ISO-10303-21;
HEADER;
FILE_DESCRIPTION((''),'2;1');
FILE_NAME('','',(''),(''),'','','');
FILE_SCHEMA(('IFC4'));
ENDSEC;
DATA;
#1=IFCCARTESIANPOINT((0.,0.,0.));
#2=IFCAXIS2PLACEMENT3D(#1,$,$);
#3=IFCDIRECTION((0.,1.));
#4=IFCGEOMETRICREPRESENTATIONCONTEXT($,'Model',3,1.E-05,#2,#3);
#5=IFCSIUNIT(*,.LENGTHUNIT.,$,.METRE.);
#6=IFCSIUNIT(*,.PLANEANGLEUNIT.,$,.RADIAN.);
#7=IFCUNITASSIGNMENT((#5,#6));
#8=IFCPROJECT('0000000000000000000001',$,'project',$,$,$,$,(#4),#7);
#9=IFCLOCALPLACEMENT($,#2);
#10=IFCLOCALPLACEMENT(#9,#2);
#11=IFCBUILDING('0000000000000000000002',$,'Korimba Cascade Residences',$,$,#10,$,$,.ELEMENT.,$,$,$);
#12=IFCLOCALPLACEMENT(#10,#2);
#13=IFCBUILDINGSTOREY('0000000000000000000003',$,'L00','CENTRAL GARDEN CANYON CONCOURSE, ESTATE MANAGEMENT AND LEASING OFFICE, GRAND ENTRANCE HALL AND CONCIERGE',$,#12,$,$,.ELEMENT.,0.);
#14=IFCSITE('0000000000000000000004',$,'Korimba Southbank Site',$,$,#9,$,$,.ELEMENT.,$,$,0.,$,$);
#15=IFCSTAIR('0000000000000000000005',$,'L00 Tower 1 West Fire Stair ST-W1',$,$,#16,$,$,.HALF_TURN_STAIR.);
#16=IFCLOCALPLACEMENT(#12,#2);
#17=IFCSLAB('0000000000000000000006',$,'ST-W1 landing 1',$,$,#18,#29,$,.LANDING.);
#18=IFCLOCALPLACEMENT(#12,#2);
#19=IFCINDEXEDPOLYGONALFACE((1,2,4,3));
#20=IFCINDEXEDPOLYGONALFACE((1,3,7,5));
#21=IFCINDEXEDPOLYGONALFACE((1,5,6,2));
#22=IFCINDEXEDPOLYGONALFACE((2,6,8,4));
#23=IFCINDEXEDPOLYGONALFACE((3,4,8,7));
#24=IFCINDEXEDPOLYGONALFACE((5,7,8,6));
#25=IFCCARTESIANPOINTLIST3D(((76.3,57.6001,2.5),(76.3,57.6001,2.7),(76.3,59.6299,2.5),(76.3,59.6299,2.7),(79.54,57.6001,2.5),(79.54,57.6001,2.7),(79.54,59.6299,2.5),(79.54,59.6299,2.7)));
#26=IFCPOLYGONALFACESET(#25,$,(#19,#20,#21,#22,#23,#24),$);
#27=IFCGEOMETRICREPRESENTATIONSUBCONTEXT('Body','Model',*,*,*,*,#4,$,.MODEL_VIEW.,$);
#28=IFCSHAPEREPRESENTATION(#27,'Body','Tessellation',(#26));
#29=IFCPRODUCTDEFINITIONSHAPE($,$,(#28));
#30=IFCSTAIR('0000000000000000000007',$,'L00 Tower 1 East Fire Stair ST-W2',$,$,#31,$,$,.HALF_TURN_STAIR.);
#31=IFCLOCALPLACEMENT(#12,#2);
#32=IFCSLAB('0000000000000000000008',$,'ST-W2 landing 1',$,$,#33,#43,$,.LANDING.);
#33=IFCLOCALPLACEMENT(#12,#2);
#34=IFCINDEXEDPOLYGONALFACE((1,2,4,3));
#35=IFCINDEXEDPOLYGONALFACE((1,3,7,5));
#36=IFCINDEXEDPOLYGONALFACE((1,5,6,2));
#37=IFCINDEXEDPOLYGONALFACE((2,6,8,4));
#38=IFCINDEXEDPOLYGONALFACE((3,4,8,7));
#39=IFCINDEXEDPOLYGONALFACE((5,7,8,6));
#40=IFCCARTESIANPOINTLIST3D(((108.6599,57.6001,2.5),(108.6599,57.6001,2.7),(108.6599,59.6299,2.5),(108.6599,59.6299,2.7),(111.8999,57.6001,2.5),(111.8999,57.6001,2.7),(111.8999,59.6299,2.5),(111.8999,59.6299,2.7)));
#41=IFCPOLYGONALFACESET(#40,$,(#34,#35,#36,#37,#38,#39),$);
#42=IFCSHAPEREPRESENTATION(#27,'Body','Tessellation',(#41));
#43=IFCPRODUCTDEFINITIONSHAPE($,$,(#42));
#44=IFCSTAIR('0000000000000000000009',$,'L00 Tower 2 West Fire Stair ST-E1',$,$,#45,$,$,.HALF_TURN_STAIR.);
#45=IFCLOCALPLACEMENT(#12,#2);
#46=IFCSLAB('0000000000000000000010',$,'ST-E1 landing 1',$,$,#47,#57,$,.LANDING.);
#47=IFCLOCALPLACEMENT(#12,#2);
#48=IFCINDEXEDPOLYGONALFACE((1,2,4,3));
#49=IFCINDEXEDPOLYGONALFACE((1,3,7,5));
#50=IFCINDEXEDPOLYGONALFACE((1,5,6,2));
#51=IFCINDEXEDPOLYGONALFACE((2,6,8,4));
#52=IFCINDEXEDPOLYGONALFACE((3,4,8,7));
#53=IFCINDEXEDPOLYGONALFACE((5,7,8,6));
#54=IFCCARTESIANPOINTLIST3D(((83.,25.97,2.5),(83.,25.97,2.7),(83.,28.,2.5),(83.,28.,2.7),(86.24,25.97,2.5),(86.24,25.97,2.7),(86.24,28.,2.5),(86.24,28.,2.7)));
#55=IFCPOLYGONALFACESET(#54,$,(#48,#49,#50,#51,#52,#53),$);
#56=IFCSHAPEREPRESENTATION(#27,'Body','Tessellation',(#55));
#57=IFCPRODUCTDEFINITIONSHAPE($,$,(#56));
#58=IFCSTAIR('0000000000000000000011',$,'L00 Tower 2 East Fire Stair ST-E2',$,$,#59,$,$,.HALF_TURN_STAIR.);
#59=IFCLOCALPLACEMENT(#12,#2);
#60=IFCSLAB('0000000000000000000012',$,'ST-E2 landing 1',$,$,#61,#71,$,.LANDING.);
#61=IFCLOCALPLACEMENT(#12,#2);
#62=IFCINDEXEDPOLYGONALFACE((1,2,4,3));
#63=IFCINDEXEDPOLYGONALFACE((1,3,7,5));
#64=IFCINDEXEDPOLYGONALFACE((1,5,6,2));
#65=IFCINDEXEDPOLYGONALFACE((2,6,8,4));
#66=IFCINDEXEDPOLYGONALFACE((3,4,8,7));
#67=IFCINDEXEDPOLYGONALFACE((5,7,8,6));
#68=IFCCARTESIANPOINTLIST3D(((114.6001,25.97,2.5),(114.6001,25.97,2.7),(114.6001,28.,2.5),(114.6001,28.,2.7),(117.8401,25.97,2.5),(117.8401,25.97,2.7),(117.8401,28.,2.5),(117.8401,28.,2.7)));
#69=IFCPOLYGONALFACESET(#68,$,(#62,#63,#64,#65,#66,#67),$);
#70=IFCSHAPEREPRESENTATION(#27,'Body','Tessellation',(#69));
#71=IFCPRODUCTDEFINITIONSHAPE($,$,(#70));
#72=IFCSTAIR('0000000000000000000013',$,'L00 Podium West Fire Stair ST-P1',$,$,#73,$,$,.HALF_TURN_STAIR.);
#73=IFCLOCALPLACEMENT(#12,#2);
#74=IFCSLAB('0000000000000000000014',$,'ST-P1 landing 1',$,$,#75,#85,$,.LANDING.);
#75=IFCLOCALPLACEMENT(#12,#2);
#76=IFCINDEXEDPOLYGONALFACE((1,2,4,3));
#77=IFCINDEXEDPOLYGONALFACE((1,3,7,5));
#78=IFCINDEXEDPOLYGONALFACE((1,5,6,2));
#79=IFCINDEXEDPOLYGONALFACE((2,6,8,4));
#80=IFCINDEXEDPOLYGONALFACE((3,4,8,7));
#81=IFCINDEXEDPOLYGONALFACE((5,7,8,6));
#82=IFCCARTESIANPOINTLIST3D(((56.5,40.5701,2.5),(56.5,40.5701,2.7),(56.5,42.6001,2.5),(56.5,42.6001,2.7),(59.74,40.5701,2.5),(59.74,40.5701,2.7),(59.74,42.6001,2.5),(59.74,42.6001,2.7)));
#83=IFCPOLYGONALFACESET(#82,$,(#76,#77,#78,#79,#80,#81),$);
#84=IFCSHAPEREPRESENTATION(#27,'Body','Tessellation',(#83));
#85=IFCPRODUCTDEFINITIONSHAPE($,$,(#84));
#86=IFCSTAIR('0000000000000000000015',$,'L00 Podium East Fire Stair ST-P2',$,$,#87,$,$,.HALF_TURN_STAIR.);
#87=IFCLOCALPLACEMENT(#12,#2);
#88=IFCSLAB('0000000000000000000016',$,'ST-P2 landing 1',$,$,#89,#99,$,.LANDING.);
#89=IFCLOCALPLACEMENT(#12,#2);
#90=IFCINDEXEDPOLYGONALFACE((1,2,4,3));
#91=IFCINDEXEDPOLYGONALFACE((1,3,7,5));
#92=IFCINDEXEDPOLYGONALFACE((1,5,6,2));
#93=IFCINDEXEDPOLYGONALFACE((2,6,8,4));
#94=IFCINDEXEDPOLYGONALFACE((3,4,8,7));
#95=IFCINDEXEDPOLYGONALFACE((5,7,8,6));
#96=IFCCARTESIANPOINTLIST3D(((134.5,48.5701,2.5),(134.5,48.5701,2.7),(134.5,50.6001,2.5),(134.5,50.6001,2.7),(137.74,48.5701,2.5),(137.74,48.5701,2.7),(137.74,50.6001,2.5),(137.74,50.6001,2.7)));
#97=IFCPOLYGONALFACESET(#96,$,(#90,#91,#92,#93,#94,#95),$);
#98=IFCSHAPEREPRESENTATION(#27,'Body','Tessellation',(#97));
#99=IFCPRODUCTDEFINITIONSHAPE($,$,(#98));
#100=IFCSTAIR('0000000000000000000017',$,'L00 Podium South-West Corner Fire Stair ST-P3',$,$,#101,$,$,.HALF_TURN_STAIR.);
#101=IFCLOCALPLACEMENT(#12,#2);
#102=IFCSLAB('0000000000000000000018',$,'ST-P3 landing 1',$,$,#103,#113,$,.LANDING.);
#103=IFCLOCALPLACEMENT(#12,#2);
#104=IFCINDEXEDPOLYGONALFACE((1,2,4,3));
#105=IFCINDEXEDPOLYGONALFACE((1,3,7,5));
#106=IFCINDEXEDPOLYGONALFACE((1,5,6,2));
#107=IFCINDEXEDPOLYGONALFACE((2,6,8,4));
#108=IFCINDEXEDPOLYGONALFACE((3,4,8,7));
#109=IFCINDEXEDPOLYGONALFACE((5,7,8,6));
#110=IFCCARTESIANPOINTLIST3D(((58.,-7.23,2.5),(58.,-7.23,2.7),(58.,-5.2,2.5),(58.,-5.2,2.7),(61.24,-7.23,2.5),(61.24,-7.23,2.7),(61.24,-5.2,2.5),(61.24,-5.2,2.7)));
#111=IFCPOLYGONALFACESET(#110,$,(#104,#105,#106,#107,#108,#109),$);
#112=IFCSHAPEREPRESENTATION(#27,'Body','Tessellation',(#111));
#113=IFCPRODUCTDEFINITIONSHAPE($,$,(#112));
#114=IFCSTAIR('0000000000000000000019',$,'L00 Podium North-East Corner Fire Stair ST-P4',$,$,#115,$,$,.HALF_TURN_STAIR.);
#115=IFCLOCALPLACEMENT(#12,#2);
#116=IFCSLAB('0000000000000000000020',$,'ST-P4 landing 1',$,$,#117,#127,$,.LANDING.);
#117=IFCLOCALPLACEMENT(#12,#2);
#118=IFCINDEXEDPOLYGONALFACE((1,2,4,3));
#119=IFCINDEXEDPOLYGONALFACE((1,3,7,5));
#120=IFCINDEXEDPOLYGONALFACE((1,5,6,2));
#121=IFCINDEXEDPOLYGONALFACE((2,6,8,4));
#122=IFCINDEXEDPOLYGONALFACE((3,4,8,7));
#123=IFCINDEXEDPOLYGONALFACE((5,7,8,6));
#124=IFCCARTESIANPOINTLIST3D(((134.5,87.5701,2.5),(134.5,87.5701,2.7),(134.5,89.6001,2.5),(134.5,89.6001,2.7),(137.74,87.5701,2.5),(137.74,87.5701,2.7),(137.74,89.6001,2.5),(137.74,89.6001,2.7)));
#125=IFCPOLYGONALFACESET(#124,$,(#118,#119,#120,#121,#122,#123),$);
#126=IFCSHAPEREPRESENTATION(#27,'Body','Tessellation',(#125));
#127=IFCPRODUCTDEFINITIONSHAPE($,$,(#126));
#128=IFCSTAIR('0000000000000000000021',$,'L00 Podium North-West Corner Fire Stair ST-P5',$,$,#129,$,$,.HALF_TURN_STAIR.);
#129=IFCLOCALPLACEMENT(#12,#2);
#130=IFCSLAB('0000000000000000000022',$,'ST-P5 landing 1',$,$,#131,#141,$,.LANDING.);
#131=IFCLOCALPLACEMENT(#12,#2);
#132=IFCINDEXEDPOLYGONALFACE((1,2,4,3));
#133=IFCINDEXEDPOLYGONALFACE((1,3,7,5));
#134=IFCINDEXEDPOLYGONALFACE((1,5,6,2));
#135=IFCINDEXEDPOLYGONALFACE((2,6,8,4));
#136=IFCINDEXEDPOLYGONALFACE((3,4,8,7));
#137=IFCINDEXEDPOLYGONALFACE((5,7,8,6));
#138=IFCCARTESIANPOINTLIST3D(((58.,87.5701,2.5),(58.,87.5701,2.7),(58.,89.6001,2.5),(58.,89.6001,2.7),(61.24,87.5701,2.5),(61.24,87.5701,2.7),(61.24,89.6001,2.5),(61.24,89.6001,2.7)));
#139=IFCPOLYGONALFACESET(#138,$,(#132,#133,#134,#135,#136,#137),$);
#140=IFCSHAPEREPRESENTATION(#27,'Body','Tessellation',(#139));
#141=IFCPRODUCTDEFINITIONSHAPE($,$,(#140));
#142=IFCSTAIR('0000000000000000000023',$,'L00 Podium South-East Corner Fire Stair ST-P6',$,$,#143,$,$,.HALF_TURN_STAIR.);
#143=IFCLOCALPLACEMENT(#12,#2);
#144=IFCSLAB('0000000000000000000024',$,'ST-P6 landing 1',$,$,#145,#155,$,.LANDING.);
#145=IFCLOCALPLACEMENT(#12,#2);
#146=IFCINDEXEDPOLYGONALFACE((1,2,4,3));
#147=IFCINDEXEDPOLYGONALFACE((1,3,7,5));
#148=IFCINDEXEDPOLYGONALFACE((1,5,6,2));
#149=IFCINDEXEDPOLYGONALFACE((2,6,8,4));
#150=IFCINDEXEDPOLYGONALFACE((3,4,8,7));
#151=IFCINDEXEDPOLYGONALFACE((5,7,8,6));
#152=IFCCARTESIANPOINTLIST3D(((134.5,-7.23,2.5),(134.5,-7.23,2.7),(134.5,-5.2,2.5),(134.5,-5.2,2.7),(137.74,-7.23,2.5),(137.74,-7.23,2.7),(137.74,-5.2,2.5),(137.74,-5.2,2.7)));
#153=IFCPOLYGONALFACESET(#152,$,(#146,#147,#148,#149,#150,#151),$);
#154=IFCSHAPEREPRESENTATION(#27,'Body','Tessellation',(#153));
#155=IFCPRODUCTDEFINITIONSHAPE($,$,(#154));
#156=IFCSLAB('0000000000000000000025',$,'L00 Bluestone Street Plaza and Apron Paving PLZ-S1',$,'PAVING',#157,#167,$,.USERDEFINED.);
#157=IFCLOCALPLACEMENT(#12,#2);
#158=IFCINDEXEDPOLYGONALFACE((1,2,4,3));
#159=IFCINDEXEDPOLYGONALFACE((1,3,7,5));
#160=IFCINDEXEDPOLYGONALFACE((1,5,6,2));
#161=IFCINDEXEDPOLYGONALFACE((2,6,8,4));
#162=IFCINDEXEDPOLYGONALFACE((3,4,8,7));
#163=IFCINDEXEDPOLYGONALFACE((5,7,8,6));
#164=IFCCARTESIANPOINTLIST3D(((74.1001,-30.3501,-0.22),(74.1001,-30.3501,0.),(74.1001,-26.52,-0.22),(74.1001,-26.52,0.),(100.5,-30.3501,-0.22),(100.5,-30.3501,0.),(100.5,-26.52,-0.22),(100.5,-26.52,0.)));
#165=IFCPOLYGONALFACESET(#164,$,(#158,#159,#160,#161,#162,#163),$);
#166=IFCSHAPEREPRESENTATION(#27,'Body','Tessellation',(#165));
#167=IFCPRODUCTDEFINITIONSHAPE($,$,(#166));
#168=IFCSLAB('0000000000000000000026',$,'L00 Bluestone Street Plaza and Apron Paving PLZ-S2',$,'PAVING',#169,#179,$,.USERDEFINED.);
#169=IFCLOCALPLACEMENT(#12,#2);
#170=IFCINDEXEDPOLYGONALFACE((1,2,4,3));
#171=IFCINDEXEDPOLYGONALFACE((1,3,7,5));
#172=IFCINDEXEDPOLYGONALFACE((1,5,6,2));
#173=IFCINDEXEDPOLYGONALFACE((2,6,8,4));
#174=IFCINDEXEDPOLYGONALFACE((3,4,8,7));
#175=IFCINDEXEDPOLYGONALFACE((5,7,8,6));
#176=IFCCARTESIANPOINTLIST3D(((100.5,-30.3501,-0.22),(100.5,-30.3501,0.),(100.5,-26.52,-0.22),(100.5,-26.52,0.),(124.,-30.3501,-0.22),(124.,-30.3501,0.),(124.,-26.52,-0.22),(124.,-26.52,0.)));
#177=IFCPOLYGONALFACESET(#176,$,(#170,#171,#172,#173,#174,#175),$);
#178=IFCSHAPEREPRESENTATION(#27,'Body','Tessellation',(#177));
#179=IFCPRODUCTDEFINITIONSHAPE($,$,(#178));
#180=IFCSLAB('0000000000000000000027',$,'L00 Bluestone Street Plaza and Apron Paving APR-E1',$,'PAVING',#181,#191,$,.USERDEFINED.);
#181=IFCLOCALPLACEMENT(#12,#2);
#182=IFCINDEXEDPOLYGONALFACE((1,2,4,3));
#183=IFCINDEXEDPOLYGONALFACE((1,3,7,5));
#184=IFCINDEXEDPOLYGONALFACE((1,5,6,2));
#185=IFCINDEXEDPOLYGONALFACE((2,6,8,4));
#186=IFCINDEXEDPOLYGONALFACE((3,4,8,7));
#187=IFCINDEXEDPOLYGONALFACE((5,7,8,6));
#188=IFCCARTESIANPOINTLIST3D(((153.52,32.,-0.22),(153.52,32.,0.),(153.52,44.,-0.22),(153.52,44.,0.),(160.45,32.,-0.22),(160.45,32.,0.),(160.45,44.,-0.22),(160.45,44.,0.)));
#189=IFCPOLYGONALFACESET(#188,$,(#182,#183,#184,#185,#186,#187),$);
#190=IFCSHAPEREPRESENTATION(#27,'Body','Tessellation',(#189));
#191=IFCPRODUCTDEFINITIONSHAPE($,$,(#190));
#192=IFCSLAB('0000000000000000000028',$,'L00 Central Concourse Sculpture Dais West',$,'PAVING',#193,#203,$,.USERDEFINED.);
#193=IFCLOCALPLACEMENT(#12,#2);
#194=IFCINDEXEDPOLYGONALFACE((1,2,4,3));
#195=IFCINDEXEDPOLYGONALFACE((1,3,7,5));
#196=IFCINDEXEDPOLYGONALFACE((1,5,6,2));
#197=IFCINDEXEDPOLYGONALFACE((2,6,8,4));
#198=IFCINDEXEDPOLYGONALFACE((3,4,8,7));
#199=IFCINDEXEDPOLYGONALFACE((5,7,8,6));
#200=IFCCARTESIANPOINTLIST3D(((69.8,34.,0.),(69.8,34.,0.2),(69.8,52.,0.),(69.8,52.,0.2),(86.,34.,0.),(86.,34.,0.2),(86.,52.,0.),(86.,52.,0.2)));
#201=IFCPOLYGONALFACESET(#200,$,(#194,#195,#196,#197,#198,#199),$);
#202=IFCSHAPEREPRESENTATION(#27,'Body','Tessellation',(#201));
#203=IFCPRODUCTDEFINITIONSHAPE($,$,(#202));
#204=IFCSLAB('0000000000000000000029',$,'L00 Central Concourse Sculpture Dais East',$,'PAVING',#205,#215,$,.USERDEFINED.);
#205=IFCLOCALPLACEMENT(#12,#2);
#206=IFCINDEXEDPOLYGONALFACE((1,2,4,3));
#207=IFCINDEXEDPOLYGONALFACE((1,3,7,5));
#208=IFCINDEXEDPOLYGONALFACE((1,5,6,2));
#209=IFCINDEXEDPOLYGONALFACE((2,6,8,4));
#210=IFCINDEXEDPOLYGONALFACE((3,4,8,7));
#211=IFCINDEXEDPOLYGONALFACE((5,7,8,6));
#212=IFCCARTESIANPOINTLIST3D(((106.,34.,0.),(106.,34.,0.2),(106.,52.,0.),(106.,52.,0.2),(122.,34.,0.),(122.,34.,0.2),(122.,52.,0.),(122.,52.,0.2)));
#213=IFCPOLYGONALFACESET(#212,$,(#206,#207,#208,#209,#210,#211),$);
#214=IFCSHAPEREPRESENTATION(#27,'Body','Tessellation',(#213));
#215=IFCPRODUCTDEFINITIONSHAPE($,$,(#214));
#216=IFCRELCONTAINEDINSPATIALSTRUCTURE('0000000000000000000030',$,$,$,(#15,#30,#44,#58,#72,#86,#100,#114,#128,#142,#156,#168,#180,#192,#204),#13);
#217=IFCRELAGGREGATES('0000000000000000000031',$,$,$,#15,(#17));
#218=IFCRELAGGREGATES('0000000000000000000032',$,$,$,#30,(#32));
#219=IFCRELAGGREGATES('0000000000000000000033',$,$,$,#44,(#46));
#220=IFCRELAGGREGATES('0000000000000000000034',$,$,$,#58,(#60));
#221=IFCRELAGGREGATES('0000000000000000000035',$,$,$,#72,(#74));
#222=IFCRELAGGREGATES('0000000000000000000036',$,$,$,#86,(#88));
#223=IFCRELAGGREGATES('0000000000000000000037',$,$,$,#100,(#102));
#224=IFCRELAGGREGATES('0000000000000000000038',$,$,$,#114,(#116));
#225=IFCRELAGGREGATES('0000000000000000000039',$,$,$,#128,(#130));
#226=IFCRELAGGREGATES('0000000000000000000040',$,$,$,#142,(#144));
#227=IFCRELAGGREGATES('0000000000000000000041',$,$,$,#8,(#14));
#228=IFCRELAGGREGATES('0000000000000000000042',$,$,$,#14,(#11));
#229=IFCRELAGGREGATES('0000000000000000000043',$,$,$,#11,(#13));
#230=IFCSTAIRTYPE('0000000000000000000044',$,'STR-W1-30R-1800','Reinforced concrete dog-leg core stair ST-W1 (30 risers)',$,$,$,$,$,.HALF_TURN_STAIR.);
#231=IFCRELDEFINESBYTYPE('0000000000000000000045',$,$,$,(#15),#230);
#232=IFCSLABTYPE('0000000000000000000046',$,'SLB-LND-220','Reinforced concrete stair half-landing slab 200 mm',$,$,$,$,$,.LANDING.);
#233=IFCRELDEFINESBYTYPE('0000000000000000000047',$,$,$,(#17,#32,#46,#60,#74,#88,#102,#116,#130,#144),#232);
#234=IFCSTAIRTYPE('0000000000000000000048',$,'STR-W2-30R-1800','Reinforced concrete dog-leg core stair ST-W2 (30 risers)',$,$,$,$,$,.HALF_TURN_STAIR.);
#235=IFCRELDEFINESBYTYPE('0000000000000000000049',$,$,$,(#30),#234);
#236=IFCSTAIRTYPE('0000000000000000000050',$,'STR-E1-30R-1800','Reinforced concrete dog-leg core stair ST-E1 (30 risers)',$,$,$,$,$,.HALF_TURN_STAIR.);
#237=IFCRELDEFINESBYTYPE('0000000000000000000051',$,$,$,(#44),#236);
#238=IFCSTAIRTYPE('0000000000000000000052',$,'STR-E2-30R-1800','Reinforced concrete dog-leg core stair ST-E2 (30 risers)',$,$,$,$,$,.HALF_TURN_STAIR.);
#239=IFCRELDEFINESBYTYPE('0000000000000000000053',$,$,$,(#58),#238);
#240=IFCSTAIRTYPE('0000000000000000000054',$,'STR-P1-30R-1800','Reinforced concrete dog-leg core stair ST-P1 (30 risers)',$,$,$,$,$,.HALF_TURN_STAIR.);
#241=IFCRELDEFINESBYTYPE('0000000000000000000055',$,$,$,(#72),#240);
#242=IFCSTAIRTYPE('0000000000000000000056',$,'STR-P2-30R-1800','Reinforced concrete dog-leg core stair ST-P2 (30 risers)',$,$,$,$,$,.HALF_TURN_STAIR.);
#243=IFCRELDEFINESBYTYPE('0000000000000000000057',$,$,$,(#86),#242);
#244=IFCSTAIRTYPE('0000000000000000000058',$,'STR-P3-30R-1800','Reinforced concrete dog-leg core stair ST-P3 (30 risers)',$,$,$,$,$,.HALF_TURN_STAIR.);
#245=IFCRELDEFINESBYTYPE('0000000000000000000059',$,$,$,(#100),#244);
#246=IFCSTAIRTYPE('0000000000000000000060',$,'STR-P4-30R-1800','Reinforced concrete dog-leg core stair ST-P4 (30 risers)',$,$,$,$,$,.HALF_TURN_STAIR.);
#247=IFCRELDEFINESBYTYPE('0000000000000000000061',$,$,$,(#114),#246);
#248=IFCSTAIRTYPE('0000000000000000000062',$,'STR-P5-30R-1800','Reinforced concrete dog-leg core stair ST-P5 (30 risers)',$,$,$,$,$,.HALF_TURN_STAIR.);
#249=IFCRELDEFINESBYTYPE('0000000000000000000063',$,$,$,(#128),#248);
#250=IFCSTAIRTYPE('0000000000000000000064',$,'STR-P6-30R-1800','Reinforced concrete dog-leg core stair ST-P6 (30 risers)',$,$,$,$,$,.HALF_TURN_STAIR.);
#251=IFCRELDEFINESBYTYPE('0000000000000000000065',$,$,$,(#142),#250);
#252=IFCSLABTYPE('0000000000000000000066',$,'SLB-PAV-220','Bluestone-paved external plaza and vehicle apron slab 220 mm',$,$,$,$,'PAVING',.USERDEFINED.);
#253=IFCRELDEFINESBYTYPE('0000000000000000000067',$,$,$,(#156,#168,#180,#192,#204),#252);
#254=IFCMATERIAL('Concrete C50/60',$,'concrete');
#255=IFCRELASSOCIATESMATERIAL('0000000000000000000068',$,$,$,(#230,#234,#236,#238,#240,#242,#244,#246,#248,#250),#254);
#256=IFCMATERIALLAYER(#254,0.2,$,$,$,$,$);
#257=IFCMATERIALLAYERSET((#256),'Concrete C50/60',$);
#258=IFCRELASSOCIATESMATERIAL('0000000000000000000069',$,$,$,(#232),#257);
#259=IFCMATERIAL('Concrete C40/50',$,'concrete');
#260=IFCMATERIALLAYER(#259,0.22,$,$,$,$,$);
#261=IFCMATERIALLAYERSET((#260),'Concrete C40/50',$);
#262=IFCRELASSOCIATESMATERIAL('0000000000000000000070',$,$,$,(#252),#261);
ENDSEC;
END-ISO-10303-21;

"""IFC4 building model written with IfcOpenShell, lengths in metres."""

from ifc_helpers import new_model, si_unit, direction, frame, origin, place, context, subcontext, project, spatial, polyline, outline, extrude, material, layer, layer_set, type_object, element, aggregate, save


model = new_model("IFC4")

# Units and contexts
model_context = context("Model", 3, precision=1e-05, world=origin(), true_north=direction((0.0, 1.0)))
body_context = subcontext(model_context, "Body", "Model", "MODEL_VIEW")
ifc_project = project(units=[si_unit("LENGTHUNIT", "METRE"), si_unit("PLANEANGLEUNIT", "RADIAN")], contexts=[model_context])

# Site, building, storey
site_placement = place(None, origin())
site = spatial("IfcSite", under=ifc_project, at=site_placement, Name="Korimba Southbank Site", CompositionType="ELEMENT", RefElevation=0.0)
building_placement = place(site_placement, origin())
building = spatial("IfcBuilding", under=site, at=building_placement, Name="Korimba Cascade Residences", CompositionType="ELEMENT")
storey_placement = place(building_placement, origin())
storey = spatial("IfcBuildingStorey", under=building, at=storey_placement, Name="L00", Description="CENTRAL GARDEN CANYON CONCOURSE, ESTATE MANAGEMENT AND LEASING OFFICE, GRAND ENTRANCE HALL AND CONCIERGE", CompositionType="ELEMENT", Elevation=0.0)

# Stairs, slabs
ifc_material_1 = material(Name="Concrete C50/60", Category="concrete")
stair_type_1 = type_object("IfcStairType", Name="STR-W1-30R-1800", Description="Reinforced concrete dog-leg core stair ST-W1 (30 risers)", PredefinedType="HALF_TURN_STAIR", material=ifc_material_1)
stair_1_placement = place(storey_placement, origin())
stair_1 = element("IfcStair", 1, at=stair_1_placement, inside=storey, type_object=stair_type_1, Name="L00 Tower 1 West Fire Stair ST-W1", PredefinedType="HALF_TURN_STAIR")
ifc_layer_1 = layer(ifc_material_1, 0.2)
ifc_layer_set_1 = layer_set([ifc_layer_1], Name="Concrete C50/60")
slab_type_1 = type_object("IfcSlabType", Name="SLB-LND-220", Description="Reinforced concrete stair half-landing slab 200 mm", PredefinedType="LANDING", material=ifc_layer_set_1)
slab_1_placement = place(storey_placement, frame((0.0, 0.0, 2.5)))
slab_1 = element("IfcSlab", 2, at=slab_1_placement, type_object=slab_type_1, Name="ST-W1 landing 1", PredefinedType="LANDING", context=body_context, shape_type="SweptSolid", body=[
    extrude(outline(polyline([(76.3, 59.6299), (76.3, 57.6001), (79.54, 57.6001), (79.54, 59.6299), (76.3, 59.6299)])), origin(), (0.0, 0.0, 1.0), 0.2),
])
aggregate(stair_1, [slab_1])
stair_type_2 = type_object("IfcStairType", Name="STR-W2-30R-1800", Description="Reinforced concrete dog-leg core stair ST-W2 (30 risers)", PredefinedType="HALF_TURN_STAIR", material=ifc_material_1)
stair_2_placement = place(storey_placement, origin())
stair_2 = element("IfcStair", 3, at=stair_2_placement, inside=storey, type_object=stair_type_2, Name="L00 Tower 1 East Fire Stair ST-W2", PredefinedType="HALF_TURN_STAIR")
slab_2_placement = place(storey_placement, frame((0.0, 0.0, 2.5)))
slab_2 = element("IfcSlab", 4, at=slab_2_placement, type_object=slab_type_1, Name="ST-W2 landing 1", PredefinedType="LANDING", context=body_context, shape_type="SweptSolid", body=[
    extrude(outline(polyline([(108.6599, 59.6299), (108.6599, 57.6001), (111.8999, 57.6001), (111.8999, 59.6299), (108.6599, 59.6299)])), origin(), (0.0, 0.0, 1.0), 0.2),
])
aggregate(stair_2, [slab_2])
stair_type_3 = type_object("IfcStairType", Name="STR-E1-30R-1800", Description="Reinforced concrete dog-leg core stair ST-E1 (30 risers)", PredefinedType="HALF_TURN_STAIR", material=ifc_material_1)
stair_3_placement = place(storey_placement, origin())
stair_3 = element("IfcStair", 5, at=stair_3_placement, inside=storey, type_object=stair_type_3, Name="L00 Tower 2 West Fire Stair ST-E1", PredefinedType="HALF_TURN_STAIR")
slab_3_placement = place(storey_placement, frame((0.0, 0.0, 2.5)))
slab_3 = element("IfcSlab", 6, at=slab_3_placement, type_object=slab_type_1, Name="ST-E1 landing 1", PredefinedType="LANDING", context=body_context, shape_type="SweptSolid", body=[
    extrude(outline(polyline([(86.24, 25.97), (86.24, 28.0), (83.0, 28.0), (83.0, 25.97), (86.24, 25.97)])), origin(), (0.0, 0.0, 1.0), 0.2),
])
aggregate(stair_3, [slab_3])
stair_type_4 = type_object("IfcStairType", Name="STR-E2-30R-1800", Description="Reinforced concrete dog-leg core stair ST-E2 (30 risers)", PredefinedType="HALF_TURN_STAIR", material=ifc_material_1)
stair_4_placement = place(storey_placement, origin())
stair_4 = element("IfcStair", 7, at=stair_4_placement, inside=storey, type_object=stair_type_4, Name="L00 Tower 2 East Fire Stair ST-E2", PredefinedType="HALF_TURN_STAIR")
slab_4_placement = place(storey_placement, frame((0.0, 0.0, 2.5)))
slab_4 = element("IfcSlab", 8, at=slab_4_placement, type_object=slab_type_1, Name="ST-E2 landing 1", PredefinedType="LANDING", context=body_context, shape_type="SweptSolid", body=[
    extrude(outline(polyline([(117.8401, 25.97), (117.8401, 28.0), (114.6001, 28.0), (114.6001, 25.97), (117.8401, 25.97)])), origin(), (0.0, 0.0, 1.0), 0.2),
])
aggregate(stair_4, [slab_4])
stair_type_5 = type_object("IfcStairType", Name="STR-P1-30R-1800", Description="Reinforced concrete dog-leg core stair ST-P1 (30 risers)", PredefinedType="HALF_TURN_STAIR", material=ifc_material_1)
stair_5_placement = place(storey_placement, origin())
stair_5 = element("IfcStair", 9, at=stair_5_placement, inside=storey, type_object=stair_type_5, Name="L00 Podium West Fire Stair ST-P1", PredefinedType="HALF_TURN_STAIR")
slab_5_placement = place(storey_placement, frame((0.0, 0.0, 2.5)))
slab_5 = element("IfcSlab", 10, at=slab_5_placement, type_object=slab_type_1, Name="ST-P1 landing 1", PredefinedType="LANDING", context=body_context, shape_type="SweptSolid", body=[
    extrude(outline(polyline([(59.74, 40.5701), (59.74, 42.6001), (56.5, 42.6001), (56.5, 40.5701), (59.74, 40.5701)])), origin(), (0.0, 0.0, 1.0), 0.2),
])
aggregate(stair_5, [slab_5])
stair_type_6 = type_object("IfcStairType", Name="STR-P2-30R-1800", Description="Reinforced concrete dog-leg core stair ST-P2 (30 risers)", PredefinedType="HALF_TURN_STAIR", material=ifc_material_1)
stair_6_placement = place(storey_placement, origin())
stair_6 = element("IfcStair", 11, at=stair_6_placement, inside=storey, type_object=stair_type_6, Name="L00 Podium East Fire Stair ST-P2", PredefinedType="HALF_TURN_STAIR")
slab_6_placement = place(storey_placement, frame((0.0, 0.0, 2.5)))
slab_6 = element("IfcSlab", 12, at=slab_6_placement, type_object=slab_type_1, Name="ST-P2 landing 1", PredefinedType="LANDING", context=body_context, shape_type="SweptSolid", body=[
    extrude(outline(polyline([(137.74, 48.5701), (137.74, 50.6001), (134.5, 50.6001), (134.5, 48.5701), (137.74, 48.5701)])), origin(), (0.0, 0.0, 1.0), 0.2),
])
aggregate(stair_6, [slab_6])
stair_type_7 = type_object("IfcStairType", Name="STR-P3-30R-1800", Description="Reinforced concrete dog-leg core stair ST-P3 (30 risers)", PredefinedType="HALF_TURN_STAIR", material=ifc_material_1)
stair_7_placement = place(storey_placement, origin())
stair_7 = element("IfcStair", 13, at=stair_7_placement, inside=storey, type_object=stair_type_7, Name="L00 Podium South-West Corner Fire Stair ST-P3", PredefinedType="HALF_TURN_STAIR")
slab_7_placement = place(storey_placement, frame((0.0, 0.0, 2.5)))
slab_7 = element("IfcSlab", 14, at=slab_7_placement, type_object=slab_type_1, Name="ST-P3 landing 1", PredefinedType="LANDING", context=body_context, shape_type="SweptSolid", body=[
    extrude(outline(polyline([(61.24, -7.23), (61.24, -5.2), (58.0, -5.2), (58.0, -7.23), (61.24, -7.23)])), origin(), (0.0, 0.0, 1.0), 0.2),
])
aggregate(stair_7, [slab_7])
stair_type_8 = type_object("IfcStairType", Name="STR-P4-30R-1800", Description="Reinforced concrete dog-leg core stair ST-P4 (30 risers)", PredefinedType="HALF_TURN_STAIR", material=ifc_material_1)
stair_8_placement = place(storey_placement, origin())
stair_8 = element("IfcStair", 15, at=stair_8_placement, inside=storey, type_object=stair_type_8, Name="L00 Podium North-East Corner Fire Stair ST-P4", PredefinedType="HALF_TURN_STAIR")
slab_8_placement = place(storey_placement, frame((0.0, 0.0, 2.5)))
slab_8 = element("IfcSlab", 16, at=slab_8_placement, type_object=slab_type_1, Name="ST-P4 landing 1", PredefinedType="LANDING", context=body_context, shape_type="SweptSolid", body=[
    extrude(outline(polyline([(137.74, 87.5701), (137.74, 89.6001), (134.5, 89.6001), (134.5, 87.5701), (137.74, 87.5701)])), origin(), (0.0, 0.0, 1.0), 0.2),
])
aggregate(stair_8, [slab_8])
stair_type_9 = type_object("IfcStairType", Name="STR-P5-30R-1800", Description="Reinforced concrete dog-leg core stair ST-P5 (30 risers)", PredefinedType="HALF_TURN_STAIR", material=ifc_material_1)
stair_9_placement = place(storey_placement, origin())
stair_9 = element("IfcStair", 17, at=stair_9_placement, inside=storey, type_object=stair_type_9, Name="L00 Podium North-West Corner Fire Stair ST-P5", PredefinedType="HALF_TURN_STAIR")
slab_9_placement = place(storey_placement, frame((0.0, 0.0, 2.5)))
slab_9 = element("IfcSlab", 18, at=slab_9_placement, type_object=slab_type_1, Name="ST-P5 landing 1", PredefinedType="LANDING", context=body_context, shape_type="SweptSolid", body=[
    extrude(outline(polyline([(61.24, 87.5701), (61.24, 89.6001), (58.0, 89.6001), (58.0, 87.5701), (61.24, 87.5701)])), origin(), (0.0, 0.0, 1.0), 0.2),
])
aggregate(stair_9, [slab_9])
stair_type_10 = type_object("IfcStairType", Name="STR-P6-30R-1800", Description="Reinforced concrete dog-leg core stair ST-P6 (30 risers)", PredefinedType="HALF_TURN_STAIR", material=ifc_material_1)
stair_10_placement = place(storey_placement, origin())
stair_10 = element("IfcStair", 19, at=stair_10_placement, inside=storey, type_object=stair_type_10, Name="L00 Podium South-East Corner Fire Stair ST-P6", PredefinedType="HALF_TURN_STAIR")
slab_10_placement = place(storey_placement, frame((0.0, 0.0, 2.5)))
slab_10 = element("IfcSlab", 20, at=slab_10_placement, type_object=slab_type_1, Name="ST-P6 landing 1", PredefinedType="LANDING", context=body_context, shape_type="SweptSolid", body=[
    extrude(outline(polyline([(137.74, -7.23), (137.74, -5.2), (134.5, -5.2), (134.5, -7.23), (137.74, -7.23)])), origin(), (0.0, 0.0, 1.0), 0.2),
])
aggregate(stair_10, [slab_10])

# Slabs
ifc_material_2 = material(Name="Concrete C40/50", Category="concrete")
ifc_layer_2 = layer(ifc_material_2, 0.22)
ifc_layer_set_2 = layer_set([ifc_layer_2], Name="Concrete C40/50")
slab_type_2 = type_object("IfcSlabType", Name="SLB-PAV-220", Description="Bluestone-paved external plaza and vehicle apron slab 220 mm", ElementType="PAVING", PredefinedType="USERDEFINED", material=ifc_layer_set_2)
slab_11_placement = place(storey_placement, frame((0.0, 0.0, -0.22)))
element("IfcSlab", 21, at=slab_11_placement, inside=storey, type_object=slab_type_2, Name="L00 Bluestone Street Plaza and Apron Paving PLZ-S1", ObjectType="PAVING", PredefinedType="USERDEFINED", context=body_context, shape_type="SweptSolid", body=[
    extrude(outline(polyline([(74.1001, -30.3501), (100.5, -30.3501), (100.5, -26.52), (74.1001, -26.52), (74.1001, -30.3501)])), origin(), (0.0, 0.0, 1.0), 0.22),
])
slab_12_placement = place(storey_placement, frame((0.0, 0.0, -0.22)))
element("IfcSlab", 22, at=slab_12_placement, inside=storey, type_object=slab_type_2, Name="L00 Bluestone Street Plaza and Apron Paving PLZ-S2", ObjectType="PAVING", PredefinedType="USERDEFINED", context=body_context, shape_type="SweptSolid", body=[
    extrude(outline(polyline([(100.5, -30.3501), (124.0, -30.3501), (124.0, -26.52), (100.5, -26.52), (100.5, -30.3501)])), origin(), (0.0, 0.0, 1.0), 0.22),
])
slab_13_placement = place(storey_placement, frame((0.0, 0.0, -0.22)))
element("IfcSlab", 23, at=slab_13_placement, inside=storey, type_object=slab_type_2, Name="L00 Bluestone Street Plaza and Apron Paving APR-E1", ObjectType="PAVING", PredefinedType="USERDEFINED", context=body_context, shape_type="SweptSolid", body=[
    extrude(outline(polyline([(153.52, 32.0), (160.45, 32.0), (160.45, 44.0), (153.52, 44.0), (153.52, 32.0)])), origin(), (0.0, 0.0, 1.0), 0.22),
])
slab_14_placement = place(storey_placement, origin())
element("IfcSlab", 24, at=slab_14_placement, inside=storey, type_object=slab_type_2, Name="L00 Central Concourse Sculpture Dais West", ObjectType="PAVING", PredefinedType="USERDEFINED", context=body_context, shape_type="SweptSolid", body=[
    extrude(outline(polyline([(69.8, 34.0), (86.0, 34.0), (86.0, 52.0), (69.8, 52.0), (69.8, 34.0)])), origin(), (0.0, 0.0, 1.0), 0.2),
])
slab_15_placement = place(storey_placement, origin())
element("IfcSlab", 25, at=slab_15_placement, inside=storey, type_object=slab_type_2, Name="L00 Central Concourse Sculpture Dais East", ObjectType="PAVING", PredefinedType="USERDEFINED", context=body_context, shape_type="SweptSolid", body=[
    extrude(outline(polyline([(106.0, 34.0), (122.0, 34.0), (122.0, 52.0), (106.0, 52.0), (106.0, 34.0)])), origin(), (0.0, 0.0, 1.0), 0.2),
])

save(model, "model.ifc")
